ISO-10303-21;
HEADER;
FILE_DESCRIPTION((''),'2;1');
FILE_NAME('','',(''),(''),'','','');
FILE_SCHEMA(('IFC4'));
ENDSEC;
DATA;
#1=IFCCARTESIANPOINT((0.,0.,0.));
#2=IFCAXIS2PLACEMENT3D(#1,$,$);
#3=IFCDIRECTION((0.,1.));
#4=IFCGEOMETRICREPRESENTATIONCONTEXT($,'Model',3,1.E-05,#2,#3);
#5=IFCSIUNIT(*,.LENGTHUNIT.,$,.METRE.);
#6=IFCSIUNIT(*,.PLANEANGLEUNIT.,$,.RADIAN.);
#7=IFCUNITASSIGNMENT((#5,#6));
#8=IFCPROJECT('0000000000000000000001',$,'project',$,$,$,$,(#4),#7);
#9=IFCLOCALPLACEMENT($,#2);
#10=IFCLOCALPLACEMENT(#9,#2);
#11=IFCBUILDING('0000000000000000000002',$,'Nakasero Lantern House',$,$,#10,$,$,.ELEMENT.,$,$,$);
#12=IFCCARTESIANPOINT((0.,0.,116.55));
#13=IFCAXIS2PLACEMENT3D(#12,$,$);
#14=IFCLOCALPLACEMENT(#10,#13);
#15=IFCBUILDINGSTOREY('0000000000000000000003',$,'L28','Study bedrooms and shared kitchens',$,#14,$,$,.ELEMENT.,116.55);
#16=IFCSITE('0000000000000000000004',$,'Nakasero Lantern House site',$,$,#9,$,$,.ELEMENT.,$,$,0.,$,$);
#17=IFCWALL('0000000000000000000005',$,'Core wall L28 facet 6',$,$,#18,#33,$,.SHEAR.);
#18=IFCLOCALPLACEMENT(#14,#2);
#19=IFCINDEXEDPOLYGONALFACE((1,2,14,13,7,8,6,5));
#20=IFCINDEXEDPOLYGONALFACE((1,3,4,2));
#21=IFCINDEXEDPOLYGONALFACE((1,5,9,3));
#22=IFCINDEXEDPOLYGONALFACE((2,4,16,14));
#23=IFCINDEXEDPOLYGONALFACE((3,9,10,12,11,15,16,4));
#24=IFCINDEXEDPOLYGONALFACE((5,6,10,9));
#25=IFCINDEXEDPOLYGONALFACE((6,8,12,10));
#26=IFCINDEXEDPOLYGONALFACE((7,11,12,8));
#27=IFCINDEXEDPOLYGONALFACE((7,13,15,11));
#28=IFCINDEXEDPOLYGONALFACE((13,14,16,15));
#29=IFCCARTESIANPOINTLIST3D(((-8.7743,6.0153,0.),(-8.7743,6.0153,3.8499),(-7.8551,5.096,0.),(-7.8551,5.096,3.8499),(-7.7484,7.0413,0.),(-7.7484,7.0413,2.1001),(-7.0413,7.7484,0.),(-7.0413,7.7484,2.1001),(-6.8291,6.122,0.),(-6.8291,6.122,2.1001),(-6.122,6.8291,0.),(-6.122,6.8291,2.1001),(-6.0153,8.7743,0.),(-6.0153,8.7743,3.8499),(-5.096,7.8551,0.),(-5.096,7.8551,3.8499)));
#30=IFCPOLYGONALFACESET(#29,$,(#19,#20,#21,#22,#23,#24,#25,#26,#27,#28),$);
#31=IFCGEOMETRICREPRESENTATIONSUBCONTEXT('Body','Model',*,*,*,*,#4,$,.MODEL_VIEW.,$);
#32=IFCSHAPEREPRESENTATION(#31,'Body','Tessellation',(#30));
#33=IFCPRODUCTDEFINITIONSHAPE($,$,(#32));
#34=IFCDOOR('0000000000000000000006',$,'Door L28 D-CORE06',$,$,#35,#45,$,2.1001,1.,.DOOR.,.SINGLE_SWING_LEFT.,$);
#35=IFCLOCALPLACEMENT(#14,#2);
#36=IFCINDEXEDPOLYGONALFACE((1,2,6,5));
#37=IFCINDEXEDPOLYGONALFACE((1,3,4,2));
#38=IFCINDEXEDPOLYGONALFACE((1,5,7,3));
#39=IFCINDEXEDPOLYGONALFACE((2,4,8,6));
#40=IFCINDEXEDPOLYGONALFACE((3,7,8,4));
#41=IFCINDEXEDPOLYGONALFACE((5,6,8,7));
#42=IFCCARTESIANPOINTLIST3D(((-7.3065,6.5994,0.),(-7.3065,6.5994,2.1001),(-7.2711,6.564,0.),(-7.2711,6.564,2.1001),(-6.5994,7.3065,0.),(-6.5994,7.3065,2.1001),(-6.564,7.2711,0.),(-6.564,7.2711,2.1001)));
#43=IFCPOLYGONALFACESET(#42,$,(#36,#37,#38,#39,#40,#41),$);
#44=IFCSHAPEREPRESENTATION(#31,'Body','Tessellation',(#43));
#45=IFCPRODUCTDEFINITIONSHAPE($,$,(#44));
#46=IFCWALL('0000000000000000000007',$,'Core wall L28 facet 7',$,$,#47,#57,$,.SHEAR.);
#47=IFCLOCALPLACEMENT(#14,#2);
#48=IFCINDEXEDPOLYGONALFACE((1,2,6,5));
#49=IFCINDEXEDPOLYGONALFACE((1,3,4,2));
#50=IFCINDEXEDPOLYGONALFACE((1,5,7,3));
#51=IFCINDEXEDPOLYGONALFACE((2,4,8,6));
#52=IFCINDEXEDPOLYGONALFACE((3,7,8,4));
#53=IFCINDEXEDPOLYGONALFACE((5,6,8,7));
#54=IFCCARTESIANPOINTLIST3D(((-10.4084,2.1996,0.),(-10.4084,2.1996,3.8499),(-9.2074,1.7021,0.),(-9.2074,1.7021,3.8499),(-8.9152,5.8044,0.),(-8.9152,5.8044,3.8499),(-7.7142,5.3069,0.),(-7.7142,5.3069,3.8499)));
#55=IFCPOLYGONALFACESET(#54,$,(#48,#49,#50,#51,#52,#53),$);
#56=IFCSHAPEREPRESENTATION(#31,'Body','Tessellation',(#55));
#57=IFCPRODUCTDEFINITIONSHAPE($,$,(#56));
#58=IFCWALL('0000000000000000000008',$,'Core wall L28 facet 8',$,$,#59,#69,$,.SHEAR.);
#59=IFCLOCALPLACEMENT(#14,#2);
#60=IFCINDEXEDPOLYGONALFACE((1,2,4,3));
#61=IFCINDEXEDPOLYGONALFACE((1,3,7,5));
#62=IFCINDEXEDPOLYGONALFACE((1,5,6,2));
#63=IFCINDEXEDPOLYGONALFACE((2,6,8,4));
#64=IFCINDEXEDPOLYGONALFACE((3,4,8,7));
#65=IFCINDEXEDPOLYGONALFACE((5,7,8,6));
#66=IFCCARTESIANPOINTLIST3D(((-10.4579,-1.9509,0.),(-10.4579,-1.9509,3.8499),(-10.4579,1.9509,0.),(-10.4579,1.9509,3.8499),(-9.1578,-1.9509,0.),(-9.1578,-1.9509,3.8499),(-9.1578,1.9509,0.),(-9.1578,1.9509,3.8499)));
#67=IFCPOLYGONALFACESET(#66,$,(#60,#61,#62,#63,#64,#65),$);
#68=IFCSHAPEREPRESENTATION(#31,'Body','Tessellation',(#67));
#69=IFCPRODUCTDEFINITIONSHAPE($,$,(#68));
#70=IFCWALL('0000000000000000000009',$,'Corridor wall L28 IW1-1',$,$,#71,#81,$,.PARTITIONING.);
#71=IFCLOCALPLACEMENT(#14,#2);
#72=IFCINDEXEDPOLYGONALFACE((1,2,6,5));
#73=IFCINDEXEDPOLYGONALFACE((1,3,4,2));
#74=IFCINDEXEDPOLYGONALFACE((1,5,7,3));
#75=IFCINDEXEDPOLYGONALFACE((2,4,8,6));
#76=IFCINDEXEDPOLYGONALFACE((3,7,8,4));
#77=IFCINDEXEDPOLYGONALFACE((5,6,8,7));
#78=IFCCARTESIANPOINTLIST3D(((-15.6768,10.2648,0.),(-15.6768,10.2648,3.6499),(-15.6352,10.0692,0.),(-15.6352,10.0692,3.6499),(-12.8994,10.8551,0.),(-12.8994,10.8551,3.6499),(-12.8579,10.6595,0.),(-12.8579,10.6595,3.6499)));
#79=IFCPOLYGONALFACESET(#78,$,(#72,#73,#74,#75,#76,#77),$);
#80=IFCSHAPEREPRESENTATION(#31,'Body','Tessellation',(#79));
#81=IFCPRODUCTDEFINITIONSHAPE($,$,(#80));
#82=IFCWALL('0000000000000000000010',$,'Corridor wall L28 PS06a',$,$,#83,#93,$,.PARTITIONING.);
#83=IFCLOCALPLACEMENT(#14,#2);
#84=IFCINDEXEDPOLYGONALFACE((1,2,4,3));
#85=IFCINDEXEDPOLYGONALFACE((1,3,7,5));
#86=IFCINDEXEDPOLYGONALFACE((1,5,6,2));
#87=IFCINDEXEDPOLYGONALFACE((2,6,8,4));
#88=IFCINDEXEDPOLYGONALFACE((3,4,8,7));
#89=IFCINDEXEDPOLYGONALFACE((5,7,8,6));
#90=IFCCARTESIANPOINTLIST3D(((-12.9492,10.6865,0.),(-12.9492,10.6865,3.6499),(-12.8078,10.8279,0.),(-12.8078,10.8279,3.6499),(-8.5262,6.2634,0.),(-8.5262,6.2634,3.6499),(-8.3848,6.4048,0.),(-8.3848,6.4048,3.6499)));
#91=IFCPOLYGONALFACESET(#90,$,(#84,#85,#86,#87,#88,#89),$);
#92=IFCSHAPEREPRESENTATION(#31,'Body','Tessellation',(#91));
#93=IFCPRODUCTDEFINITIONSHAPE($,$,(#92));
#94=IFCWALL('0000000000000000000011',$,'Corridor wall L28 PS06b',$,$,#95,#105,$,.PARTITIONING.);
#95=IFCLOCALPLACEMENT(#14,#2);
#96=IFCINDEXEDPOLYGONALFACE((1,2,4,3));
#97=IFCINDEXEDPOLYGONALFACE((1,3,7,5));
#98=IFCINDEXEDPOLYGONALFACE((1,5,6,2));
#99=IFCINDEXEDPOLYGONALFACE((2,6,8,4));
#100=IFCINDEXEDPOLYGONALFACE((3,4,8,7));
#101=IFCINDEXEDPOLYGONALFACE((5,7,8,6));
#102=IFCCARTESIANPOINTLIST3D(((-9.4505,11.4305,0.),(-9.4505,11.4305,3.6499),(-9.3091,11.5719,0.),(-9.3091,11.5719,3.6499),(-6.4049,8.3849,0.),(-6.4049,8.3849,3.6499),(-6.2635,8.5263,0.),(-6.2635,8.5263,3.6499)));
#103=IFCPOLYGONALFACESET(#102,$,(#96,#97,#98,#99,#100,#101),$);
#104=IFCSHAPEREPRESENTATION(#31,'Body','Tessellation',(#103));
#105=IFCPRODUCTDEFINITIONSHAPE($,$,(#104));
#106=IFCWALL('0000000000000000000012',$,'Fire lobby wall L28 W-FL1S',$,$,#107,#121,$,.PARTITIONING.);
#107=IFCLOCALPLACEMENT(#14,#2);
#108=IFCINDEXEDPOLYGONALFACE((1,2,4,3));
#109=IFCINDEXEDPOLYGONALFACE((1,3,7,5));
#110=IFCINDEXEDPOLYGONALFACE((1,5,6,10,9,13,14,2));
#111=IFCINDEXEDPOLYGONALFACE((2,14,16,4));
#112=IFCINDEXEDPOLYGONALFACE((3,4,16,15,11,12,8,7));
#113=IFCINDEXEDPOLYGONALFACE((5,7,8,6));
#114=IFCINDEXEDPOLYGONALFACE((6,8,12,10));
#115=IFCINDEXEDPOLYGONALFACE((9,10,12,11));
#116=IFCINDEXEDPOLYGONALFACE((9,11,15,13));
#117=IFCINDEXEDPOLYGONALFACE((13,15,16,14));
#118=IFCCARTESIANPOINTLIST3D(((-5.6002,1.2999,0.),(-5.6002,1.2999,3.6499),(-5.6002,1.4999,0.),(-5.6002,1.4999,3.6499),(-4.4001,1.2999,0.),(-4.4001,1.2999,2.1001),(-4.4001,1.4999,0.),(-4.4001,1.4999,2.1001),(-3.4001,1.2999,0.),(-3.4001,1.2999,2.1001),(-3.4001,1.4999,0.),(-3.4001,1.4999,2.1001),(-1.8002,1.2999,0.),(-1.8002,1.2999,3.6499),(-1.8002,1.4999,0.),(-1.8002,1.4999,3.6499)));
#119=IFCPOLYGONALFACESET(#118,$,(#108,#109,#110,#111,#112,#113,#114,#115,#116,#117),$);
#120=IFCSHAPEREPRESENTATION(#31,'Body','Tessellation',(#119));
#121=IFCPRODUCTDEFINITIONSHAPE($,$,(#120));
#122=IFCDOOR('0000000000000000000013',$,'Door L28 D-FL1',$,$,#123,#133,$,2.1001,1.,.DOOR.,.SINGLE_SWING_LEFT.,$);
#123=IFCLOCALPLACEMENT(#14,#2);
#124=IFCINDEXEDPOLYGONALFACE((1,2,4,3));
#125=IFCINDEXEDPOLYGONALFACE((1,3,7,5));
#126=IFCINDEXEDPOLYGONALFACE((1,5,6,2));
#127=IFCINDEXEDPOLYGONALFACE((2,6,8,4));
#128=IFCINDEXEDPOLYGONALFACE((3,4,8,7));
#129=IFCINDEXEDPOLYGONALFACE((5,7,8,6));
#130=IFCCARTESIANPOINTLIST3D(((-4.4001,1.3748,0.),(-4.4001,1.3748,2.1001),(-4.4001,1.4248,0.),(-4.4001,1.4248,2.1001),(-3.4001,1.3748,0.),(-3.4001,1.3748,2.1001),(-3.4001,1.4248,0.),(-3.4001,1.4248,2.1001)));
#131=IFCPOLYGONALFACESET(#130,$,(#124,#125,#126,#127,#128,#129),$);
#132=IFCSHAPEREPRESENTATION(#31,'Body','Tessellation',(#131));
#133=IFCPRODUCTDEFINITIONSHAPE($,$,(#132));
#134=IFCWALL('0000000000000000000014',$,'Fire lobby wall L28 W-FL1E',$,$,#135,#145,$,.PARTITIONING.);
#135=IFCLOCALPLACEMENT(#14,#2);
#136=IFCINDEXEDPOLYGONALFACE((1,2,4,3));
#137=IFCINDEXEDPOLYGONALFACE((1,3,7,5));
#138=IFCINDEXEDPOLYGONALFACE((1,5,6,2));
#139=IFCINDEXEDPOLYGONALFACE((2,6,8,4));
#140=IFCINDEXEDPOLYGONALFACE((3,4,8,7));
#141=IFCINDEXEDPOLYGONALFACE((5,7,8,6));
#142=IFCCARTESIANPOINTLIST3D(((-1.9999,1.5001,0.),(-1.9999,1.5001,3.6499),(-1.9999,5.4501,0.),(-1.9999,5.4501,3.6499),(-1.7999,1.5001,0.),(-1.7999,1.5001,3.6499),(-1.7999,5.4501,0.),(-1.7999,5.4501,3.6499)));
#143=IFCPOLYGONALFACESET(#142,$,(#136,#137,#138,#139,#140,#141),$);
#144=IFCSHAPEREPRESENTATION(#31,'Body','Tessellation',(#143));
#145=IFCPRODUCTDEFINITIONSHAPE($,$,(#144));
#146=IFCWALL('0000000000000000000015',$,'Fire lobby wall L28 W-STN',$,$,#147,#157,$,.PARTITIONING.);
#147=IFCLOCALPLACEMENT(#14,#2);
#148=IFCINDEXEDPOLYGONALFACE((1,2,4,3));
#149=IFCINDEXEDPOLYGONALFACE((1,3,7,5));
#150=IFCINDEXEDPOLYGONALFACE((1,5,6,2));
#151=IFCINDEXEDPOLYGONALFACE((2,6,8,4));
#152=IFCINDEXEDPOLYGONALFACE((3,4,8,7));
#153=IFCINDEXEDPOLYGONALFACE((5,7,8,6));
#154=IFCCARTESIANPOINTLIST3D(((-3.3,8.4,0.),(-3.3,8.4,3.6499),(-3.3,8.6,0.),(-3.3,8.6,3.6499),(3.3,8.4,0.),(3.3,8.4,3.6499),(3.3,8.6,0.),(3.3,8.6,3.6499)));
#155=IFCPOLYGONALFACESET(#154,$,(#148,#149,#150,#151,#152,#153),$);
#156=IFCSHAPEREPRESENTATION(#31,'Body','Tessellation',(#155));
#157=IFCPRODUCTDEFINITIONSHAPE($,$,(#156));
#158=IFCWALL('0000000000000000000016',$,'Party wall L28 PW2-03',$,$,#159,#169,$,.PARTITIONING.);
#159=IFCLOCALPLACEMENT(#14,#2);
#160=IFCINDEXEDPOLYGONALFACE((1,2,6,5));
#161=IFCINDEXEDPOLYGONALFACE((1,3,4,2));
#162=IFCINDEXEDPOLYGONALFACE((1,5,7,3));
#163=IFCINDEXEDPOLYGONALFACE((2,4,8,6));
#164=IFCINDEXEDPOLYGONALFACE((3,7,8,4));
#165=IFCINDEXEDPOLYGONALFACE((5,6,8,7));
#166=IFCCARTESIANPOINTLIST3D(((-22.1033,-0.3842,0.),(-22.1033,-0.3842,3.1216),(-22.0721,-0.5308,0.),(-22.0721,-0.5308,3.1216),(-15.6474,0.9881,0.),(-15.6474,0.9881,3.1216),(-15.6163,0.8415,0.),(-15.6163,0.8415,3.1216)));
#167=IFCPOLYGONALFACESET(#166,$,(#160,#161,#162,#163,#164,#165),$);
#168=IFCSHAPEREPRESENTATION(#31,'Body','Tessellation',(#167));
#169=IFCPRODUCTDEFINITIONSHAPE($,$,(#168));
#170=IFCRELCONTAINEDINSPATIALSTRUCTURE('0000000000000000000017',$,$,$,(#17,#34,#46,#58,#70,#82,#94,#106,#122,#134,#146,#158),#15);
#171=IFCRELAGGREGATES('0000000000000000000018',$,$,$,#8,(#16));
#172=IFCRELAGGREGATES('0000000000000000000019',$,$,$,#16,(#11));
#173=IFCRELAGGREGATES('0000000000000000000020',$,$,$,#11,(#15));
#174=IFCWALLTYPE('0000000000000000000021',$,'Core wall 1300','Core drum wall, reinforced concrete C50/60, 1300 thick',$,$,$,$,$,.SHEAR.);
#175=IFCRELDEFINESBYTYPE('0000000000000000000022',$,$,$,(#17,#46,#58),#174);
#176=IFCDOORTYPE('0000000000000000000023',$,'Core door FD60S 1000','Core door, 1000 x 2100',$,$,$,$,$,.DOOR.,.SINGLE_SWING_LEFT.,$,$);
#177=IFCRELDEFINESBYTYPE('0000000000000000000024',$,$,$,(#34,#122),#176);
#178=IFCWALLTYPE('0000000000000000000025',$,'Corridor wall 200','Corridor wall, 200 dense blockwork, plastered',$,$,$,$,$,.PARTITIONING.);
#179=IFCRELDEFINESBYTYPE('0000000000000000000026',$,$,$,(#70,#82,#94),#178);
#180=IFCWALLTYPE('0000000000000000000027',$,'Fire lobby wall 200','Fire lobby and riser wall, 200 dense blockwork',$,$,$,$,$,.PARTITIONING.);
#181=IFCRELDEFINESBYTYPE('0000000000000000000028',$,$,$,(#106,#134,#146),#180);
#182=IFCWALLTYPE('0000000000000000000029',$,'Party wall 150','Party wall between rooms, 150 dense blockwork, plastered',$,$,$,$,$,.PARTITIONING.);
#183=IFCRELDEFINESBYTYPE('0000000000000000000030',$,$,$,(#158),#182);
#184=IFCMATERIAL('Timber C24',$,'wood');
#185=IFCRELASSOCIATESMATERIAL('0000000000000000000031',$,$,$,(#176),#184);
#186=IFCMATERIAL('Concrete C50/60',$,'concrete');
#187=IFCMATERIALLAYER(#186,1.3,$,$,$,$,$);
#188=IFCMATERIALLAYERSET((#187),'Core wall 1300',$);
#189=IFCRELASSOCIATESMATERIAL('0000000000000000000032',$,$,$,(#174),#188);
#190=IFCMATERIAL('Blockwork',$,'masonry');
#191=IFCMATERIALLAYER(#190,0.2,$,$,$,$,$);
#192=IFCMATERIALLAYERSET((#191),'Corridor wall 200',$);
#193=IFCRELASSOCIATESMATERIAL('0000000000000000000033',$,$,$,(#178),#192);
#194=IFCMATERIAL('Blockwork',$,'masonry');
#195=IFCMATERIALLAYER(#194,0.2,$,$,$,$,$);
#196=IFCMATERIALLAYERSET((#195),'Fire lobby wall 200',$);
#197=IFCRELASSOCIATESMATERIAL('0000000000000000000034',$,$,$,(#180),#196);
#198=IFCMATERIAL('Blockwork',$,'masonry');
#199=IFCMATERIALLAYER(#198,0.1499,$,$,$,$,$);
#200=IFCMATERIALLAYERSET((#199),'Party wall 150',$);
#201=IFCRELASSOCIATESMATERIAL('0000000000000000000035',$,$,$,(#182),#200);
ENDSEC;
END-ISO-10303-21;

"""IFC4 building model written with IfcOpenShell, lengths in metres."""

from ifc_helpers import new_model, si_unit, direction, frame, frame_2d, origin, place, context, subcontext, project, spatial, rectangle, extrude, material, layer, layer_set, type_object, element, fill, save


model = new_model("IFC4")

# Units and contexts
model_context = context("Model", 3, precision=1e-05, world=origin(), true_north=direction((0.0, 1.0)))
body_context = subcontext(model_context, "Body", "Model", "MODEL_VIEW")
ifc_project = project(units=[si_unit("LENGTHUNIT", "METRE"), si_unit("PLANEANGLEUNIT", "RADIAN")], contexts=[model_context])

# Site, building, storey
site_placement = place(None, origin())
site = spatial("IfcSite", under=ifc_project, at=site_placement, Name="Nakasero Lantern House site", CompositionType="ELEMENT", RefElevation=0.0)
building_placement = place(site_placement, origin())
building = spatial("IfcBuilding", under=site, at=building_placement, Name="Nakasero Lantern House", CompositionType="ELEMENT")
storey_placement = place(building_placement, frame((0.0, 0.0, 116.55)))
storey = spatial("IfcBuildingStorey", under=building, at=storey_placement, Name="L28", Description="Study bedrooms and shared kitchens", CompositionType="ELEMENT", Elevation=116.55)

# Shared definitions
ifc_material_1 = material(Name="Timber C24", Category="wood")
door_type_1 = type_object("IfcDoorType", Name="Core door FD60S 1000", Description="Core door, 1000 x 2100", OperationType="SINGLE_SWING_LEFT", PredefinedType="DOOR", material=ifc_material_1)

# Shared definitions
ifc_material_2 = material(Name="Concrete C50/60", Category="concrete")
ifc_layer_1 = layer(ifc_material_2, 1.3)
ifc_layer_set_1 = layer_set([ifc_layer_1], Name="Core wall 1300")
wall_type_1 = type_object("IfcWallType", Name="Core wall 1300", Description="Core drum wall, reinforced concrete C50/60, 1300 thick", PredefinedType="SHEAR", material=ifc_layer_set_1)

# Wall, opening, door
wall_1_placement = place(storey_placement, frame((-5.5557, 8.3147, 0.0), z_axis=(0.0, 0.0, 1.0), x_axis=(-0.707107, -0.707107, 0.0)))
wall_1 = element("IfcWall", 1, at=wall_1_placement, inside=storey, type_object=wall_type_1, Name="Core wall L28 facet 6", PredefinedType="SHEAR", context=body_context, shape_type="SweptSolid", body=[
    extrude(rectangle(XDim=3.9019, YDim=1.3, at=frame_2d((1.9509, 0.0))), origin(), (0.0, 0.0, 1.0), 3.8499),
])
opening_1_placement = place(wall_1_placement, frame((1.4509, 0.0, 0.0)))
opening_1 = element("IfcOpeningElement", 2, at=opening_1_placement, cuts=wall_1, PredefinedType="OPENING", context=body_context, shape_type="SweptSolid", body=[
    extrude(rectangle(XDim=1.0, YDim=2.1001, at=frame_2d((0.5, 1.05))), frame((0.0, 0.6699, 0.0), z_axis=(0.0, -1.0, 0.0), x_axis=(1.0, 0.0, 0.0)), (0.0, 0.0, 1.0), 1.3401),
])
door_1_placement = place(opening_1_placement, origin())
door_1 = element("IfcDoor", 3, at=door_1_placement, inside=storey, type_object=door_type_1, Name="Door L28 D-CORE06", OperationType="SINGLE_SWING_LEFT", OverallHeight=2.1001, OverallWidth=1.0, PredefinedType="DOOR", context=body_context, shape_type="SweptSolid", body=[
    extrude(rectangle(XDim=1.0, YDim=2.1001, at=frame_2d((0.5, 1.05))), frame((0.0, 0.0249, 0.0), z_axis=(0.0, -1.0, 0.0), x_axis=(1.0, 0.0, 0.0)), (0.0, 0.0, 1.0), 0.05),
])
fill(opening_1, door_1)

# Walls
for number, where, z_axis, x_axis, name in (
    (4, (-8.3147, 5.5557, 0.0), (0.0, 0.0, 1.0), (-0.382691, -0.923877, 0.0), "Core wall L28 facet 7"),
    (5, (-9.8079, 1.9509, 0.0), (0.0, 0.0, 1.0), (0.0, -1.0, 0.0), "Core wall L28 facet 8"),
):
    element("IfcWall", number, at=place(storey_placement, frame(where, z_axis=z_axis, x_axis=x_axis)), inside=storey, type_object=wall_type_1, Name=name, PredefinedType="SHEAR", context=body_context, shape_type="SweptSolid", body=[
        extrude(rectangle(XDim=3.9019, YDim=1.3, at=frame_2d((1.9509, 0.0))), origin(), (0.0, 0.0, 1.0), 3.8499),
    ])
ifc_material_3 = material(Name="Blockwork", Category="masonry")
ifc_layer_2 = layer(ifc_material_3, 0.2)
ifc_layer_set_2 = layer_set([ifc_layer_2], Name="Corridor wall 200")
wall_type_2 = type_object("IfcWallType", Name="Corridor wall 200", Description="Corridor wall, 200 dense blockwork, plastered", PredefinedType="PARTITIONING", material=ifc_layer_set_2)
wall_2_placement = place(storey_placement, frame((-12.8787, 10.7573, 0.0), z_axis=(0.0, 0.0, 1.0), x_axis=(-0.978148, -0.207908, 0.0)))
element("IfcWall", 6, at=wall_2_placement, inside=storey, type_object=wall_type_2, Name="Corridor wall L28 IW1-1", PredefinedType="PARTITIONING", context=body_context, shape_type="SweptSolid", body=[
    extrude(rectangle(XDim=2.8394, YDim=0.2, at=frame_2d((1.4197, 0.0))), origin(), (0.0, 0.0, 1.0), 3.6499),
])
wall_3_placement = place(storey_placement, frame((-8.4556, 6.3342, 0.0), z_axis=(0.0, 0.0, 1.0), x_axis=(-0.707107, 0.707107, 0.0)))
element("IfcWall", 7, at=wall_3_placement, inside=storey, type_object=wall_type_2, Name="Corridor wall L28 PS06a", PredefinedType="PARTITIONING", context=body_context, shape_type="SweptSolid", body=[
    extrude(rectangle(XDim=6.2551, YDim=0.2, at=frame_2d((3.1274, 0.0))), origin(), (0.0, 0.0, 1.0), 3.6499),
])
wall_4_placement = place(storey_placement, frame((-6.3342, 8.4556, 0.0), z_axis=(0.0, 0.0, 1.0), x_axis=(-0.707107, 0.707107, 0.0)))
element("IfcWall", 8, at=wall_4_placement, inside=storey, type_object=wall_type_2, Name="Corridor wall L28 PS06b", PredefinedType="PARTITIONING", context=body_context, shape_type="SweptSolid", body=[
    extrude(rectangle(XDim=4.3071, YDim=0.2, at=frame_2d((2.1536, 0.0))), origin(), (0.0, 0.0, 1.0), 3.6499),
])

# Wall, opening, door
ifc_material_4 = material(Name="Blockwork", Category="masonry")
ifc_layer_3 = layer(ifc_material_4, 0.2)
ifc_layer_set_3 = layer_set([ifc_layer_3], Name="Fire lobby wall 200")
wall_type_3 = type_object("IfcWallType", Name="Fire lobby wall 200", Description="Fire lobby and riser wall, 200 dense blockwork", PredefinedType="PARTITIONING", material=ifc_layer_set_3)
wall_5_placement = place(storey_placement, frame((-5.6001, 1.3999, 0.0), z_axis=(0.0, 0.0, 1.0), x_axis=(1.0, 0.0, 0.0)))
wall_5 = element("IfcWall", 9, at=wall_5_placement, inside=storey, type_object=wall_type_3, Name="Fire lobby wall L28 W-FL1S", PredefinedType="PARTITIONING", context=body_context, shape_type="SweptSolid", body=[
    extrude(rectangle(XDim=3.8, YDim=0.2, at=frame_2d((1.8999, 0.0))), origin(), (0.0, 0.0, 1.0), 3.6499),
])
opening_2_placement = place(wall_5_placement, frame((1.2, 0.0, 0.0)))
opening_2 = element("IfcOpeningElement", 10, at=opening_2_placement, cuts=wall_5, PredefinedType="OPENING", context=body_context, shape_type="SweptSolid", body=[
    extrude(rectangle(XDim=1.0, YDim=2.1001, at=frame_2d((0.5, 1.05))), frame((0.0, 0.1199, 0.0), z_axis=(0.0, -1.0, 0.0), x_axis=(1.0, 0.0, 0.0)), (0.0, 0.0, 1.0), 0.24),
])
door_2_placement = place(opening_2_placement, origin())
door_2 = element("IfcDoor", 11, at=door_2_placement, inside=storey, type_object=door_type_1, Name="Door L28 D-FL1", OperationType="SINGLE_SWING_LEFT", OverallHeight=2.1001, OverallWidth=1.0, PredefinedType="DOOR", context=body_context, shape_type="SweptSolid", body=[
    extrude(rectangle(XDim=1.0, YDim=2.1001, at=frame_2d((0.5, 1.05))), frame((0.0, 0.0249, 0.0), z_axis=(0.0, -1.0, 0.0), x_axis=(1.0, 0.0, 0.0)), (0.0, 0.0, 1.0), 0.05),
])
fill(opening_2, door_2)

# Walls
wall_6_placement = place(storey_placement, frame((-1.8999, 1.5, 0.0), z_axis=(0.0, 0.0, 1.0), x_axis=(0.0, 1.0, 0.0)))
element("IfcWall", 12, at=wall_6_placement, inside=storey, type_object=wall_type_3, Name="Fire lobby wall L28 W-FL1E", PredefinedType="PARTITIONING", context=body_context, shape_type="SweptSolid", body=[
    extrude(rectangle(XDim=3.95, YDim=0.2, at=frame_2d((1.9751, 0.0))), origin(), (0.0, 0.0, 1.0), 3.6499),
])
wall_7_placement = place(storey_placement, frame((-3.3, 8.5, 0.0), z_axis=(0.0, 0.0, 1.0), x_axis=(1.0, 0.0, 0.0)))
element("IfcWall", 13, at=wall_7_placement, inside=storey, type_object=wall_type_3, Name="Fire lobby wall L28 W-STN", PredefinedType="PARTITIONING", context=body_context, shape_type="SweptSolid", body=[
    extrude(rectangle(XDim=6.6001, YDim=0.2, at=frame_2d((3.3, 0.0))), origin(), (0.0, 0.0, 1.0), 3.6499),
])
ifc_material_5 = material(Name="Blockwork", Category="masonry")
ifc_layer_4 = layer(ifc_material_5, 0.1499)
ifc_layer_set_4 = layer_set([ifc_layer_4], Name="Party wall 150")
wall_type_4 = type_object("IfcWallType", Name="Party wall 150", Description="Party wall between rooms, 150 dense blockwork, plastered", PredefinedType="PARTITIONING", material=ifc_layer_set_4)
wall_8_placement = place(storey_placement, frame((-15.6318, 0.9148, 0.0), z_axis=(0.0, 0.0, 1.0), x_axis=(-0.978145, -0.207925, 0.0)))
element("IfcWall", 14, at=wall_8_placement, inside=storey, type_object=wall_type_4, Name="Party wall L28 PW2-03", PredefinedType="PARTITIONING", context=body_context, shape_type="SweptSolid", body=[
    extrude(rectangle(XDim=6.6001, YDim=0.1499, at=frame_2d((3.3, 0.0))), origin(), (0.0, 0.0, 1.0), 3.1216),
])

save(model, "model.ifc")
